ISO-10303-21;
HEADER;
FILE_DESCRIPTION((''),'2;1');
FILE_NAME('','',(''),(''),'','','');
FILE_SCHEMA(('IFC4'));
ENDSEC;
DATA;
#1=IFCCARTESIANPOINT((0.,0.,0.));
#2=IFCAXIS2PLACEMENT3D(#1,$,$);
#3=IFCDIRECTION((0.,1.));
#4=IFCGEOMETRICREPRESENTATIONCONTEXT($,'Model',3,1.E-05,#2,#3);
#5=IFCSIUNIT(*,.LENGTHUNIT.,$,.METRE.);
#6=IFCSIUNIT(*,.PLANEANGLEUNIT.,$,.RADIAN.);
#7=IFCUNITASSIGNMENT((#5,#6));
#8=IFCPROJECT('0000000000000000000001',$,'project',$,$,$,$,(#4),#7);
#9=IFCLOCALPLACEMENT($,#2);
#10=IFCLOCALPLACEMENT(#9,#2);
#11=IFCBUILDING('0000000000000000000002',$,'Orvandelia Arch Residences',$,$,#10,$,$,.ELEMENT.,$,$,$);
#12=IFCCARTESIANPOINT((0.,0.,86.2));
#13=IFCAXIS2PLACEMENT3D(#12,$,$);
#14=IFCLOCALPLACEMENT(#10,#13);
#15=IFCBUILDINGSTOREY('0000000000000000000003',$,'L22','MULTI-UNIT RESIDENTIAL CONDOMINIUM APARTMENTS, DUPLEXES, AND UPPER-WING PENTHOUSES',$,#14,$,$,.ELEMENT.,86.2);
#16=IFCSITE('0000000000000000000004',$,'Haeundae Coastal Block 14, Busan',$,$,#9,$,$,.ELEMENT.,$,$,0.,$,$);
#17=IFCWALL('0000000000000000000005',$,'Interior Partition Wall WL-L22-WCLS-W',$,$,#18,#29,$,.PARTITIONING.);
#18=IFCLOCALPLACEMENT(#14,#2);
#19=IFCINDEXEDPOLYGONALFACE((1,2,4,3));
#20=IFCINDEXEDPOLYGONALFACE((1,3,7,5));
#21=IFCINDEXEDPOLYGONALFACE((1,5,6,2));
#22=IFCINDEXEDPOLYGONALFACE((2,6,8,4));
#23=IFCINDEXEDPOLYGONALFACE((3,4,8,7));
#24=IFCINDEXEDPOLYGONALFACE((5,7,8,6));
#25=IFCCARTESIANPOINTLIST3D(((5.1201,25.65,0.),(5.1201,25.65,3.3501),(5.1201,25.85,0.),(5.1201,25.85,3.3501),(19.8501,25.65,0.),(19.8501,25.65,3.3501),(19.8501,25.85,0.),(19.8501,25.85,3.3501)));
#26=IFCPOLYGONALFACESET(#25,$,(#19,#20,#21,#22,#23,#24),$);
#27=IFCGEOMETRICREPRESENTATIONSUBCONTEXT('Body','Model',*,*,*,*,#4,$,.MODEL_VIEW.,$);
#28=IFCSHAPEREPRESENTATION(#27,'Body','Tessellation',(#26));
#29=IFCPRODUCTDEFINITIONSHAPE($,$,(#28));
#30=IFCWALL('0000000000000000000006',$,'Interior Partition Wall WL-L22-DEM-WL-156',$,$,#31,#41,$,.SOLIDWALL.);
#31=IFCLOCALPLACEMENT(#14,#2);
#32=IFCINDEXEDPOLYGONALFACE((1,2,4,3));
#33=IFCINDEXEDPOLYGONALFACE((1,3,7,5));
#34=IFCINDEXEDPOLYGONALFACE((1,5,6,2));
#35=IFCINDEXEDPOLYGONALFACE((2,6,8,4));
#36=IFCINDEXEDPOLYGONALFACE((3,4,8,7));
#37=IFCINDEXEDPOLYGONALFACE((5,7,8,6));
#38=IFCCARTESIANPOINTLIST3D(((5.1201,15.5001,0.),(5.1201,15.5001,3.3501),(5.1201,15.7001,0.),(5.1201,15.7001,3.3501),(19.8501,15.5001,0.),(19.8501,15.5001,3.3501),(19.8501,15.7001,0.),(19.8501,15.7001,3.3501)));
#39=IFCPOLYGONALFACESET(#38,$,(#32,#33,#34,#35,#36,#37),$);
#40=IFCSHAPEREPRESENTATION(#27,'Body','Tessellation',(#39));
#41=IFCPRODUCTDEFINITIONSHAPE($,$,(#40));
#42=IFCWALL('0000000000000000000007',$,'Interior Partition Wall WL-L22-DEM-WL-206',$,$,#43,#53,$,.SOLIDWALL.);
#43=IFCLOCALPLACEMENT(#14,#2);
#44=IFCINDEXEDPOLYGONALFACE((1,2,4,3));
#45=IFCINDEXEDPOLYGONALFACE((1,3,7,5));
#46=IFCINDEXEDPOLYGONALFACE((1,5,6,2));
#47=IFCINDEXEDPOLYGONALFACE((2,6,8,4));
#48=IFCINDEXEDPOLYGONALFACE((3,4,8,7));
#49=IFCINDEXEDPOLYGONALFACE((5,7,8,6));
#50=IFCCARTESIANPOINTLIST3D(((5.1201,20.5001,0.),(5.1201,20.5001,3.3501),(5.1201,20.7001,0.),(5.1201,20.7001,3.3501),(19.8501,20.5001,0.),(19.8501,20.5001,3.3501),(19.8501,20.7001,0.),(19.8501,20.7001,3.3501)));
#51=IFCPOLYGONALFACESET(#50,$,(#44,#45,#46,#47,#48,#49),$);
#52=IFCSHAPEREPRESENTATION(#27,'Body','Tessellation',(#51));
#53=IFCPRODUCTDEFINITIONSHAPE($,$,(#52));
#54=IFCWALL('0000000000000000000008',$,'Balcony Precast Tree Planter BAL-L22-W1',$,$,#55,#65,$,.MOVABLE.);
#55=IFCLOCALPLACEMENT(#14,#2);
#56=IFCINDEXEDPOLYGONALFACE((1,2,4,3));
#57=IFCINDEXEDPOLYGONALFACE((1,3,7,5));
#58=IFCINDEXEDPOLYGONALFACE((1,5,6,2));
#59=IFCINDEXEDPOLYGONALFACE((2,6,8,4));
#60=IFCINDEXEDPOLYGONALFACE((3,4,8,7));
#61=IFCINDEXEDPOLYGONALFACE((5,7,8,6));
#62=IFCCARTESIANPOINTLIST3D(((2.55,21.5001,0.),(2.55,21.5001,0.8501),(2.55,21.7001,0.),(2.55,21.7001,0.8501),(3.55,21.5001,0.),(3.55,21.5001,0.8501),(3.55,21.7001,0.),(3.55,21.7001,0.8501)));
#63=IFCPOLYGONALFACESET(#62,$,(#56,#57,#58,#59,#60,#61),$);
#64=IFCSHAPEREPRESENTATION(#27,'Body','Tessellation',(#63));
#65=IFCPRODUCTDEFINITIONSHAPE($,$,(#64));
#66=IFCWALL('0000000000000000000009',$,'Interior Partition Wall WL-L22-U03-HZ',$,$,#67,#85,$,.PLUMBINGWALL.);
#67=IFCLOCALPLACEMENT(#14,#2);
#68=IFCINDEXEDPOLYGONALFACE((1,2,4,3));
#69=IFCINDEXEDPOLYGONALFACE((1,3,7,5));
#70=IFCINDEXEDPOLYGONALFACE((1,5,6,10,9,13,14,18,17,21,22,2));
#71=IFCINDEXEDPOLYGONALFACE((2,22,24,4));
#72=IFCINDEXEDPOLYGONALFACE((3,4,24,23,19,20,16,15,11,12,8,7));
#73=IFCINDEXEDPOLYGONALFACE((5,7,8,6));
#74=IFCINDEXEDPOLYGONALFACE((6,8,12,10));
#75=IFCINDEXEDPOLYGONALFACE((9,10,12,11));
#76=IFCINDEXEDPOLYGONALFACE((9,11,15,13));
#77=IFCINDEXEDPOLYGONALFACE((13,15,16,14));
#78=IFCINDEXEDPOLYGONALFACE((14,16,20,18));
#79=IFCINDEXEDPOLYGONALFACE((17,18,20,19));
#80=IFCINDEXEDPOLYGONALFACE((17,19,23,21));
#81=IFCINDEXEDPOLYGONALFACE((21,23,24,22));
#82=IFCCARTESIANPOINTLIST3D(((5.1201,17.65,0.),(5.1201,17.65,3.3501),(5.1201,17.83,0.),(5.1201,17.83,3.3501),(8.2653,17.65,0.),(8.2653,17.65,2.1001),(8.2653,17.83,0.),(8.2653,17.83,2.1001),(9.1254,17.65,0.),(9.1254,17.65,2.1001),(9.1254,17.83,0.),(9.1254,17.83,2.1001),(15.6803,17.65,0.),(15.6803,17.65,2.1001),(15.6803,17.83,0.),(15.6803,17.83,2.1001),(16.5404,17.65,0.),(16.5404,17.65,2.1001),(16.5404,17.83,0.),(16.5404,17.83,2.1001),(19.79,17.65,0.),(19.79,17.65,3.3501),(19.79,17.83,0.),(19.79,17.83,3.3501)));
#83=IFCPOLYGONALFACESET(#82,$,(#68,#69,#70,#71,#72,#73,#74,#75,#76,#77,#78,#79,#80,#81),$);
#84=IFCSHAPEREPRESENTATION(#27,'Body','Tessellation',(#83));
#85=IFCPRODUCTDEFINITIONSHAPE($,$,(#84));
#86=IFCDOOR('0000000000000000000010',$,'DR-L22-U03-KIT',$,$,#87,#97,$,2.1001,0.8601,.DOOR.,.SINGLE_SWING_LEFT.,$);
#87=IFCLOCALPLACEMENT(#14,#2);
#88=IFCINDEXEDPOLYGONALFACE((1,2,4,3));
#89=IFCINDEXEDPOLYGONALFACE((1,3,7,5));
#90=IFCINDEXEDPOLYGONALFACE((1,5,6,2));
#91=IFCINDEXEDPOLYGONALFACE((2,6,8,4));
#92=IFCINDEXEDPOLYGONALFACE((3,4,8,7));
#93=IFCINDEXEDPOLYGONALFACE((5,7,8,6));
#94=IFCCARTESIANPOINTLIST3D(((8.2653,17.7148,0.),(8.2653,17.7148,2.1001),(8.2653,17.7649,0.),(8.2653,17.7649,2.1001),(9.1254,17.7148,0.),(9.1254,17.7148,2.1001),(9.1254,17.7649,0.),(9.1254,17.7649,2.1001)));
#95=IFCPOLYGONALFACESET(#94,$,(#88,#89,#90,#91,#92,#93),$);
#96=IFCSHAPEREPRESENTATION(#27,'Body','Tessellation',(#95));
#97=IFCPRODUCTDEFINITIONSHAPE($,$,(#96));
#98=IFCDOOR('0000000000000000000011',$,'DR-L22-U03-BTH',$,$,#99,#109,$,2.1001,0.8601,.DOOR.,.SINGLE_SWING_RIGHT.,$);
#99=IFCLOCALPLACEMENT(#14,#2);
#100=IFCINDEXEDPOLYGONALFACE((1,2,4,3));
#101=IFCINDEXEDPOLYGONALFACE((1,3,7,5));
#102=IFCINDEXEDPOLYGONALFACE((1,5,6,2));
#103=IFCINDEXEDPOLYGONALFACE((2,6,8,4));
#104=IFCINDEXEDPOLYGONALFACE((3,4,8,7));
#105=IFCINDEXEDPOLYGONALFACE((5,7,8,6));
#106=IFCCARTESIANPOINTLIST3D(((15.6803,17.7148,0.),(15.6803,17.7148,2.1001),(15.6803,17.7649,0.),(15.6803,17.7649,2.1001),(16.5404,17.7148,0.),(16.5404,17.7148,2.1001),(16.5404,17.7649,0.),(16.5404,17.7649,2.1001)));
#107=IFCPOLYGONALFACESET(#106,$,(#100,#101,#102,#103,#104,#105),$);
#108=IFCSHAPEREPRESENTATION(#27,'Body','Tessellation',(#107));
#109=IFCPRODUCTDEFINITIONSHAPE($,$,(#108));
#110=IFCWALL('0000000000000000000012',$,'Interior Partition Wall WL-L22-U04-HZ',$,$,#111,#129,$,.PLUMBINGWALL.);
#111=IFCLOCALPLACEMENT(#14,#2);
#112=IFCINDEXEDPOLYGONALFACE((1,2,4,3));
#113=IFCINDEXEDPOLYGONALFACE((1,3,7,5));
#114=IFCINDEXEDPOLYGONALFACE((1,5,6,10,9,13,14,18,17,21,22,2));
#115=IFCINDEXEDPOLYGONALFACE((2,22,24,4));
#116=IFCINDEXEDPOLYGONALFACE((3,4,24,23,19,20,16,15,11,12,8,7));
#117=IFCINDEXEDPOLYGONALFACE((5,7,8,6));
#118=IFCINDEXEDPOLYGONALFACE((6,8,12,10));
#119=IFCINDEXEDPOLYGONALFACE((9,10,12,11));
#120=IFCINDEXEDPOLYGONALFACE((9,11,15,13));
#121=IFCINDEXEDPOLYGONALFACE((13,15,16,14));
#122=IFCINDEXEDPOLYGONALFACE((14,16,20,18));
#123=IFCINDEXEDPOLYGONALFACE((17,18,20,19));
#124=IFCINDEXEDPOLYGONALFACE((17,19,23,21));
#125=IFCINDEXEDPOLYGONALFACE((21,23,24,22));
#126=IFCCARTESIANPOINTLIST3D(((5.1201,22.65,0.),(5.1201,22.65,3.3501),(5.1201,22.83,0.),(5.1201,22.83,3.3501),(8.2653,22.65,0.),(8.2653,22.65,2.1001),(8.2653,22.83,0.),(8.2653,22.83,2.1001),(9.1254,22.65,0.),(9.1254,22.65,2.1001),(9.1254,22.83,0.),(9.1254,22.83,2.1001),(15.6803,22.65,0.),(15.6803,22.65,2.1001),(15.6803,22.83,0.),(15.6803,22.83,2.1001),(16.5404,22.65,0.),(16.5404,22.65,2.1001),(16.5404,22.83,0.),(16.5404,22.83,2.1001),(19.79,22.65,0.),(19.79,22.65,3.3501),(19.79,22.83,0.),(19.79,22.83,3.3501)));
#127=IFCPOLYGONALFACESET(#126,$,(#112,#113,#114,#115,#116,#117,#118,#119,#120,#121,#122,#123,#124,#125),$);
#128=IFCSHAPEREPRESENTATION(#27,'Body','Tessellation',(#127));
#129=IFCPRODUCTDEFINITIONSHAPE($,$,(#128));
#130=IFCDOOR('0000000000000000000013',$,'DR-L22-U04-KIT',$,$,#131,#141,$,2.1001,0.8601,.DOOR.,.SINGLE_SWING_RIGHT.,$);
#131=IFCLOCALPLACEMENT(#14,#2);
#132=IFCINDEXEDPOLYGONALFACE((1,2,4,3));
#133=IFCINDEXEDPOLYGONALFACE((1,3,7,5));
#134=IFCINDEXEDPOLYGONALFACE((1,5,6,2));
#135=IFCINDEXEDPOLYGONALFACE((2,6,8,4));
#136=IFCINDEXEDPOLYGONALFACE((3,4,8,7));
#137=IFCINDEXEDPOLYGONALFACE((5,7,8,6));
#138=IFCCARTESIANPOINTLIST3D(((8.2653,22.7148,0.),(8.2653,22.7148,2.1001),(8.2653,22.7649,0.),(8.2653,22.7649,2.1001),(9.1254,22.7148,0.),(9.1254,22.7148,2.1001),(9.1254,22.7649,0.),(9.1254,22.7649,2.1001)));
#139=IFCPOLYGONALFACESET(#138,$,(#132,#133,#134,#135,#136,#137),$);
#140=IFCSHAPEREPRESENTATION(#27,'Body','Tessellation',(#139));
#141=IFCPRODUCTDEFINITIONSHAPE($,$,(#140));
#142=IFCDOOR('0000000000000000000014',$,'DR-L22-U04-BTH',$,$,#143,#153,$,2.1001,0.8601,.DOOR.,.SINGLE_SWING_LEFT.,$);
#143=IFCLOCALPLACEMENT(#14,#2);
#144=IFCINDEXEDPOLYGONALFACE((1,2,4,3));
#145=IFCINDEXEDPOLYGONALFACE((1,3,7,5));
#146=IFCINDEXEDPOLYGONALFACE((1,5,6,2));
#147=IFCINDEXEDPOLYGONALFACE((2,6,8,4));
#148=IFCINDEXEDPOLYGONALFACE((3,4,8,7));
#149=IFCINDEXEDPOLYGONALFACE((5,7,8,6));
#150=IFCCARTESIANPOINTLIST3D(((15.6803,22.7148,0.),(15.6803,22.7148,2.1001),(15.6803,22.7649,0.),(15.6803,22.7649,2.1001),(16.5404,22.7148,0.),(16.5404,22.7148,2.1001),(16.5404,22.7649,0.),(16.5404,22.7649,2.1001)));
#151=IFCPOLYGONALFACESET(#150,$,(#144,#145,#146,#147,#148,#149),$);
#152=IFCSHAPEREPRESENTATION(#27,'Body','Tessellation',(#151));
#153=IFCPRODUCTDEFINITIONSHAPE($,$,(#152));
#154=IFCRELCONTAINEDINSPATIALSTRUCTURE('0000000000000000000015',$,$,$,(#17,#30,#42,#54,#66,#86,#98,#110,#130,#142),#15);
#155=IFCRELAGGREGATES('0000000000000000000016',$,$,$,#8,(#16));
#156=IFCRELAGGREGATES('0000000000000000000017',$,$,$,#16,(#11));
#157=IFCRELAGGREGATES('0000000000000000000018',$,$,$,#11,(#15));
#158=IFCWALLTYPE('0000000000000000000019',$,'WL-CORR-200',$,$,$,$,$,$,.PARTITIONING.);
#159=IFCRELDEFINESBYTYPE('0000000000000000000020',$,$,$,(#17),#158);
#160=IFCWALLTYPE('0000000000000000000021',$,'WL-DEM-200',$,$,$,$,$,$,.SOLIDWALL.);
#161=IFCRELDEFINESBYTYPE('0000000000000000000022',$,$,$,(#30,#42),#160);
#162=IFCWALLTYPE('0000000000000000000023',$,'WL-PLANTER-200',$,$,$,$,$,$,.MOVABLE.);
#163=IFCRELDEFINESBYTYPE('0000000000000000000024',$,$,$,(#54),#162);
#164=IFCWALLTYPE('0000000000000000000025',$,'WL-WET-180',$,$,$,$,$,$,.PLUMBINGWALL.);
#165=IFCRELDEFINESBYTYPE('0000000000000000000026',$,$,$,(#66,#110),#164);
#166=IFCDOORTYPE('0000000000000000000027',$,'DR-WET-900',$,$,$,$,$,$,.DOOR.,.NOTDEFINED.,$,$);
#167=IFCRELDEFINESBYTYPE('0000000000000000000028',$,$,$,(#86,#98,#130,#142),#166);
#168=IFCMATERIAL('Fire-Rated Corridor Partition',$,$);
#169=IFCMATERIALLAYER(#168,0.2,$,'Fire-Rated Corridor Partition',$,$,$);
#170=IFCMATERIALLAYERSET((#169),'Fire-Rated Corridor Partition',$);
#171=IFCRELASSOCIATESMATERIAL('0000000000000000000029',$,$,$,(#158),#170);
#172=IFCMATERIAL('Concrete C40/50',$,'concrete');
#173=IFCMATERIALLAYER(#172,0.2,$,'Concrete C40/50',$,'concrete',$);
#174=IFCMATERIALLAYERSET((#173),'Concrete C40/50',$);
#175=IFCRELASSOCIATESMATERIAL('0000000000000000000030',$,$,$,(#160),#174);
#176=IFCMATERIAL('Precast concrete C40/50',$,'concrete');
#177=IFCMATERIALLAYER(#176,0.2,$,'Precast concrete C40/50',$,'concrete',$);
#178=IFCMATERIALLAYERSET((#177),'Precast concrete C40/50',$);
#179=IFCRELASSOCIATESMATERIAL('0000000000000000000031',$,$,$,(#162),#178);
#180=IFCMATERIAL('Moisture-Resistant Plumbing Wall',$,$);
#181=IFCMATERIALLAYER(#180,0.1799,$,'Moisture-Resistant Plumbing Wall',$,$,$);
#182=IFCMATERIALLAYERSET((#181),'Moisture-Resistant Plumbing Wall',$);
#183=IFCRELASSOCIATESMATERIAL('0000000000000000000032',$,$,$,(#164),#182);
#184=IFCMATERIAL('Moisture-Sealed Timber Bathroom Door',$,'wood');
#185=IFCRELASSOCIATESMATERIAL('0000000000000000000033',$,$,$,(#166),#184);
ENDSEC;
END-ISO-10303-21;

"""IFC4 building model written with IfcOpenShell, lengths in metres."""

from ifc_helpers import new_model, si_unit, direction, frame, frame_2d, origin, place, context, subcontext, project, spatial, rectangle, extrude, material, layer, layer_set, type_object, element, fill, save


model = new_model("IFC4")

# Units and contexts
model_context = context("Model", 3, precision=1e-05, world=origin(), true_north=direction((0.0, 1.0)))
body_context = subcontext(model_context, "Body", "Model", "MODEL_VIEW")
ifc_project = project(units=[si_unit("LENGTHUNIT", "METRE"), si_unit("PLANEANGLEUNIT", "RADIAN")], contexts=[model_context])

# Site, building, storey
site_placement = place(None, origin())
site = spatial("IfcSite", under=ifc_project, at=site_placement, Name="Haeundae Coastal Block 14, Busan", CompositionType="ELEMENT", RefElevation=0.0)
building_placement = place(site_placement, origin())
building = spatial("IfcBuilding", under=site, at=building_placement, Name="Orvandelia Arch Residences", CompositionType="ELEMENT")
storey_placement = place(building_placement, frame((0.0, 0.0, 86.2)))
storey = spatial("IfcBuildingStorey", under=building, at=storey_placement, Name="L22", Description="MULTI-UNIT RESIDENTIAL CONDOMINIUM APARTMENTS, DUPLEXES, AND UPPER-WING PENTHOUSES", CompositionType="ELEMENT", Elevation=86.2)

# Walls
ifc_material_1 = material(Name="Fire-Rated Corridor Partition")
ifc_layer_1 = layer(ifc_material_1, 0.2, Name="Fire-Rated Corridor Partition")
ifc_layer_set_1 = layer_set([ifc_layer_1], Name="Fire-Rated Corridor Partition")
wall_type_1 = type_object("IfcWallType", Name="WL-CORR-200", PredefinedType="PARTITIONING", material=ifc_layer_set_1)
wall_1_placement = place(storey_placement, frame((5.1201, 25.75, 0.0), z_axis=(0.0, 0.0, 1.0), x_axis=(1.0, 0.0, 0.0)))
element("IfcWall", 1, at=wall_1_placement, inside=storey, type_object=wall_type_1, Name="Interior Partition Wall WL-L22-WCLS-W", PredefinedType="PARTITIONING", context=body_context, shape_type="SweptSolid", body=[
    extrude(rectangle(XDim=14.73, YDim=0.2, at=frame_2d((7.365, 0.0))), origin(), (0.0, 0.0, 1.0), 3.3501),
])
ifc_material_2 = material(Name="Concrete C40/50", Category="concrete")
ifc_layer_2 = layer(ifc_material_2, 0.2, Name="Concrete C40/50", Category="concrete")
ifc_layer_set_2 = layer_set([ifc_layer_2], Name="Concrete C40/50")
wall_type_2 = type_object("IfcWallType", Name="WL-DEM-200", PredefinedType="SOLIDWALL", material=ifc_layer_set_2)
for number, where, z_axis, x_axis, name in (
    (2, (5.1201, 15.6001, 0.0), (0.0, 0.0, 1.0), (1.0, 0.0, 0.0), "Interior Partition Wall WL-L22-DEM-WL-156"),
    (3, (5.1201, 20.6001, 0.0), (0.0, 0.0, 1.0), (1.0, 0.0, 0.0), "Interior Partition Wall WL-L22-DEM-WL-206"),
):
    element("IfcWall", number, at=place(storey_placement, frame(where, z_axis=z_axis, x_axis=x_axis)), inside=storey, type_object=wall_type_2, Name=name, PredefinedType="SOLIDWALL", context=body_context, shape_type="SweptSolid", body=[
        extrude(rectangle(XDim=14.73, YDim=0.2, at=frame_2d((7.365, 0.0))), origin(), (0.0, 0.0, 1.0), 3.3501),
    ])
ifc_material_3 = material(Name="Precast concrete C40/50", Category="concrete")
ifc_layer_3 = layer(ifc_material_3, 0.2, Name="Precast concrete C40/50", Category="concrete")
ifc_layer_set_3 = layer_set([ifc_layer_3], Name="Precast concrete C40/50")
wall_type_3 = type_object("IfcWallType", Name="WL-PLANTER-200", PredefinedType="MOVABLE", material=ifc_layer_set_3)
wall_2_placement = place(storey_placement, frame((2.55, 21.6001, 0.0), z_axis=(0.0, 0.0, 1.0), x_axis=(1.0, 0.0, 0.0)))
element("IfcWall", 4, at=wall_2_placement, inside=storey, type_object=wall_type_3, Name="Balcony Precast Tree Planter BAL-L22-W1", PredefinedType="MOVABLE", context=body_context, shape_type="SweptSolid", body=[
    extrude(rectangle(XDim=1.0, YDim=0.2, at=frame_2d((0.5, 0.0))), origin(), (0.0, 0.0, 1.0), 0.8501),
])

# Walls, openings, doors
ifc_material_4 = material(Name="Moisture-Resistant Plumbing Wall")
ifc_layer_4 = layer(ifc_material_4, 0.1799, Name="Moisture-Resistant Plumbing Wall")
ifc_layer_set_4 = layer_set([ifc_layer_4], Name="Moisture-Resistant Plumbing Wall")
wall_type_4 = type_object("IfcWallType", Name="WL-WET-180", PredefinedType="PLUMBINGWALL", material=ifc_layer_set_4)
wall_3_placement = place(storey_placement, frame((5.1201, 17.74, 0.0), z_axis=(0.0, 0.0, 1.0), x_axis=(1.0, 0.0, 0.0)))
wall_3 = element("IfcWall", 5, at=wall_3_placement, inside=storey, type_object=wall_type_4, Name="Interior Partition Wall WL-L22-U03-HZ", PredefinedType="PLUMBINGWALL", context=body_context, shape_type="SweptSolid", body=[
    extrude(rectangle(XDim=14.6699, YDim=0.1799, at=frame_2d((7.335, 0.0))), origin(), (0.0, 0.0, 1.0), 3.3501),
])
opening_1_placement = place(wall_3_placement, frame((3.145, 0.0, 0.0)))
opening_1 = element("IfcOpeningElement", 6, at=opening_1_placement, cuts=wall_3, PredefinedType="OPENING", context=body_context, shape_type="SweptSolid", body=[
    extrude(rectangle(XDim=0.8601, YDim=2.1001, at=frame_2d((0.4302, 1.05))), frame((0.0, 0.1001, 0.0), z_axis=(0.0, -1.0, 0.0), x_axis=(1.0, 0.0, 0.0)), (0.0, 0.0, 1.0), 0.2),
])
opening_2_placement = place(wall_3_placement, frame((10.5601, 0.0, 0.0)))
opening_2 = element("IfcOpeningElement", 7, at=opening_2_placement, cuts=wall_3, PredefinedType="OPENING", context=body_context, shape_type="SweptSolid", body=[
    extrude(rectangle(XDim=0.8601, YDim=2.1001, at=frame_2d((0.4302, 1.05))), frame((0.0, 0.1001, 0.0), z_axis=(0.0, -1.0, 0.0), x_axis=(1.0, 0.0, 0.0)), (0.0, 0.0, 1.0), 0.2),
])
ifc_material_5 = material(Name="Moisture-Sealed Timber Bathroom Door", Category="wood")
door_type = type_object("IfcDoorType", Name="DR-WET-900", OperationType="NOTDEFINED", PredefinedType="DOOR", material=ifc_material_5)
door_1_placement = place(opening_1_placement, origin())
door_1 = element("IfcDoor", 8, at=door_1_placement, inside=storey, type_object=door_type, Name="DR-L22-U03-KIT", OperationType="SINGLE_SWING_LEFT", OverallHeight=2.1001, OverallWidth=0.8601, PredefinedType="DOOR", context=body_context, shape_type="SweptSolid", body=[
    extrude(rectangle(XDim=0.8601, YDim=2.1001, at=frame_2d((0.4302, 1.05))), frame((0.0, 0.0249, 0.0), z_axis=(0.0, -1.0, 0.0), x_axis=(1.0, 0.0, 0.0)), (0.0, 0.0, 1.0), 0.05),
])
fill(opening_1, door_1)
door_2_placement = place(opening_2_placement, origin())
door_2 = element("IfcDoor", 9, at=door_2_placement, inside=storey, type_object=door_type, Name="DR-L22-U03-BTH", OperationType="SINGLE_SWING_RIGHT", OverallHeight=2.1001, OverallWidth=0.8601, PredefinedType="DOOR", context=body_context, shape_type="SweptSolid", body=[
    extrude(rectangle(XDim=0.8601, YDim=2.1001, at=frame_2d((0.4302, 1.05))), frame((0.0, 0.0249, 0.0), z_axis=(0.0, -1.0, 0.0), x_axis=(1.0, 0.0, 0.0)), (0.0, 0.0, 1.0), 0.05),
])
fill(opening_2, door_2)
wall_4_placement = place(storey_placement, frame((5.1201, 22.74, 0.0), z_axis=(0.0, 0.0, 1.0), x_axis=(1.0, 0.0, 0.0)))
wall_4 = element("IfcWall", 10, at=wall_4_placement, inside=storey, type_object=wall_type_4, Name="Interior Partition Wall WL-L22-U04-HZ", PredefinedType="PLUMBINGWALL", context=body_context, shape_type="SweptSolid", body=[
    extrude(rectangle(XDim=14.6699, YDim=0.1799, at=frame_2d((7.335, 0.0))), origin(), (0.0, 0.0, 1.0), 3.3501),
])
opening_3_placement = place(wall_4_placement, frame((3.145, 0.0, 0.0)))
opening_3 = element("IfcOpeningElement", 11, at=opening_3_placement, cuts=wall_4, PredefinedType="OPENING", context=body_context, shape_type="SweptSolid", body=[
    extrude(rectangle(XDim=0.8601, YDim=2.1001, at=frame_2d((0.4302, 1.05))), frame((0.0, 0.1001, 0.0), z_axis=(0.0, -1.0, 0.0), x_axis=(1.0, 0.0, 0.0)), (0.0, 0.0, 1.0), 0.2),
])
opening_4_placement = place(wall_4_placement, frame((10.5601, 0.0, 0.0)))
opening_4 = element("IfcOpeningElement", 12, at=opening_4_placement, cuts=wall_4, PredefinedType="OPENING", context=body_context, shape_type="SweptSolid", body=[
    extrude(rectangle(XDim=0.8601, YDim=2.1001, at=frame_2d((0.4302, 1.05))), frame((0.0, 0.1001, 0.0), z_axis=(0.0, -1.0, 0.0), x_axis=(1.0, 0.0, 0.0)), (0.0, 0.0, 1.0), 0.2),
])
door_3_placement = place(opening_3_placement, origin())
door_3 = element("IfcDoor", 13, at=door_3_placement, inside=storey, type_object=door_type, Name="DR-L22-U04-KIT", OperationType="SINGLE_SWING_RIGHT", OverallHeight=2.1001, OverallWidth=0.8601, PredefinedType="DOOR", context=body_context, shape_type="SweptSolid", body=[
    extrude(rectangle(XDim=0.8601, YDim=2.1001, at=frame_2d((0.4302, 1.05))), frame((0.0, 0.0249, 0.0), z_axis=(0.0, -1.0, 0.0), x_axis=(1.0, 0.0, 0.0)), (0.0, 0.0, 1.0), 0.05),
])
fill(opening_3, door_3)
door_4_placement = place(opening_4_placement, origin())
door_4 = element("IfcDoor", 14, at=door_4_placement, inside=storey, type_object=door_type, Name="DR-L22-U04-BTH", OperationType="SINGLE_SWING_LEFT", OverallHeight=2.1001, OverallWidth=0.8601, PredefinedType="DOOR", context=body_context, shape_type="SweptSolid", body=[
    extrude(rectangle(XDim=0.8601, YDim=2.1001, at=frame_2d((0.4302, 1.05))), frame((0.0, 0.0249, 0.0), z_axis=(0.0, -1.0, 0.0), x_axis=(1.0, 0.0, 0.0)), (0.0, 0.0, 1.0), 0.05),
])
fill(opening_4, door_4)

save(model, "model.ifc")
